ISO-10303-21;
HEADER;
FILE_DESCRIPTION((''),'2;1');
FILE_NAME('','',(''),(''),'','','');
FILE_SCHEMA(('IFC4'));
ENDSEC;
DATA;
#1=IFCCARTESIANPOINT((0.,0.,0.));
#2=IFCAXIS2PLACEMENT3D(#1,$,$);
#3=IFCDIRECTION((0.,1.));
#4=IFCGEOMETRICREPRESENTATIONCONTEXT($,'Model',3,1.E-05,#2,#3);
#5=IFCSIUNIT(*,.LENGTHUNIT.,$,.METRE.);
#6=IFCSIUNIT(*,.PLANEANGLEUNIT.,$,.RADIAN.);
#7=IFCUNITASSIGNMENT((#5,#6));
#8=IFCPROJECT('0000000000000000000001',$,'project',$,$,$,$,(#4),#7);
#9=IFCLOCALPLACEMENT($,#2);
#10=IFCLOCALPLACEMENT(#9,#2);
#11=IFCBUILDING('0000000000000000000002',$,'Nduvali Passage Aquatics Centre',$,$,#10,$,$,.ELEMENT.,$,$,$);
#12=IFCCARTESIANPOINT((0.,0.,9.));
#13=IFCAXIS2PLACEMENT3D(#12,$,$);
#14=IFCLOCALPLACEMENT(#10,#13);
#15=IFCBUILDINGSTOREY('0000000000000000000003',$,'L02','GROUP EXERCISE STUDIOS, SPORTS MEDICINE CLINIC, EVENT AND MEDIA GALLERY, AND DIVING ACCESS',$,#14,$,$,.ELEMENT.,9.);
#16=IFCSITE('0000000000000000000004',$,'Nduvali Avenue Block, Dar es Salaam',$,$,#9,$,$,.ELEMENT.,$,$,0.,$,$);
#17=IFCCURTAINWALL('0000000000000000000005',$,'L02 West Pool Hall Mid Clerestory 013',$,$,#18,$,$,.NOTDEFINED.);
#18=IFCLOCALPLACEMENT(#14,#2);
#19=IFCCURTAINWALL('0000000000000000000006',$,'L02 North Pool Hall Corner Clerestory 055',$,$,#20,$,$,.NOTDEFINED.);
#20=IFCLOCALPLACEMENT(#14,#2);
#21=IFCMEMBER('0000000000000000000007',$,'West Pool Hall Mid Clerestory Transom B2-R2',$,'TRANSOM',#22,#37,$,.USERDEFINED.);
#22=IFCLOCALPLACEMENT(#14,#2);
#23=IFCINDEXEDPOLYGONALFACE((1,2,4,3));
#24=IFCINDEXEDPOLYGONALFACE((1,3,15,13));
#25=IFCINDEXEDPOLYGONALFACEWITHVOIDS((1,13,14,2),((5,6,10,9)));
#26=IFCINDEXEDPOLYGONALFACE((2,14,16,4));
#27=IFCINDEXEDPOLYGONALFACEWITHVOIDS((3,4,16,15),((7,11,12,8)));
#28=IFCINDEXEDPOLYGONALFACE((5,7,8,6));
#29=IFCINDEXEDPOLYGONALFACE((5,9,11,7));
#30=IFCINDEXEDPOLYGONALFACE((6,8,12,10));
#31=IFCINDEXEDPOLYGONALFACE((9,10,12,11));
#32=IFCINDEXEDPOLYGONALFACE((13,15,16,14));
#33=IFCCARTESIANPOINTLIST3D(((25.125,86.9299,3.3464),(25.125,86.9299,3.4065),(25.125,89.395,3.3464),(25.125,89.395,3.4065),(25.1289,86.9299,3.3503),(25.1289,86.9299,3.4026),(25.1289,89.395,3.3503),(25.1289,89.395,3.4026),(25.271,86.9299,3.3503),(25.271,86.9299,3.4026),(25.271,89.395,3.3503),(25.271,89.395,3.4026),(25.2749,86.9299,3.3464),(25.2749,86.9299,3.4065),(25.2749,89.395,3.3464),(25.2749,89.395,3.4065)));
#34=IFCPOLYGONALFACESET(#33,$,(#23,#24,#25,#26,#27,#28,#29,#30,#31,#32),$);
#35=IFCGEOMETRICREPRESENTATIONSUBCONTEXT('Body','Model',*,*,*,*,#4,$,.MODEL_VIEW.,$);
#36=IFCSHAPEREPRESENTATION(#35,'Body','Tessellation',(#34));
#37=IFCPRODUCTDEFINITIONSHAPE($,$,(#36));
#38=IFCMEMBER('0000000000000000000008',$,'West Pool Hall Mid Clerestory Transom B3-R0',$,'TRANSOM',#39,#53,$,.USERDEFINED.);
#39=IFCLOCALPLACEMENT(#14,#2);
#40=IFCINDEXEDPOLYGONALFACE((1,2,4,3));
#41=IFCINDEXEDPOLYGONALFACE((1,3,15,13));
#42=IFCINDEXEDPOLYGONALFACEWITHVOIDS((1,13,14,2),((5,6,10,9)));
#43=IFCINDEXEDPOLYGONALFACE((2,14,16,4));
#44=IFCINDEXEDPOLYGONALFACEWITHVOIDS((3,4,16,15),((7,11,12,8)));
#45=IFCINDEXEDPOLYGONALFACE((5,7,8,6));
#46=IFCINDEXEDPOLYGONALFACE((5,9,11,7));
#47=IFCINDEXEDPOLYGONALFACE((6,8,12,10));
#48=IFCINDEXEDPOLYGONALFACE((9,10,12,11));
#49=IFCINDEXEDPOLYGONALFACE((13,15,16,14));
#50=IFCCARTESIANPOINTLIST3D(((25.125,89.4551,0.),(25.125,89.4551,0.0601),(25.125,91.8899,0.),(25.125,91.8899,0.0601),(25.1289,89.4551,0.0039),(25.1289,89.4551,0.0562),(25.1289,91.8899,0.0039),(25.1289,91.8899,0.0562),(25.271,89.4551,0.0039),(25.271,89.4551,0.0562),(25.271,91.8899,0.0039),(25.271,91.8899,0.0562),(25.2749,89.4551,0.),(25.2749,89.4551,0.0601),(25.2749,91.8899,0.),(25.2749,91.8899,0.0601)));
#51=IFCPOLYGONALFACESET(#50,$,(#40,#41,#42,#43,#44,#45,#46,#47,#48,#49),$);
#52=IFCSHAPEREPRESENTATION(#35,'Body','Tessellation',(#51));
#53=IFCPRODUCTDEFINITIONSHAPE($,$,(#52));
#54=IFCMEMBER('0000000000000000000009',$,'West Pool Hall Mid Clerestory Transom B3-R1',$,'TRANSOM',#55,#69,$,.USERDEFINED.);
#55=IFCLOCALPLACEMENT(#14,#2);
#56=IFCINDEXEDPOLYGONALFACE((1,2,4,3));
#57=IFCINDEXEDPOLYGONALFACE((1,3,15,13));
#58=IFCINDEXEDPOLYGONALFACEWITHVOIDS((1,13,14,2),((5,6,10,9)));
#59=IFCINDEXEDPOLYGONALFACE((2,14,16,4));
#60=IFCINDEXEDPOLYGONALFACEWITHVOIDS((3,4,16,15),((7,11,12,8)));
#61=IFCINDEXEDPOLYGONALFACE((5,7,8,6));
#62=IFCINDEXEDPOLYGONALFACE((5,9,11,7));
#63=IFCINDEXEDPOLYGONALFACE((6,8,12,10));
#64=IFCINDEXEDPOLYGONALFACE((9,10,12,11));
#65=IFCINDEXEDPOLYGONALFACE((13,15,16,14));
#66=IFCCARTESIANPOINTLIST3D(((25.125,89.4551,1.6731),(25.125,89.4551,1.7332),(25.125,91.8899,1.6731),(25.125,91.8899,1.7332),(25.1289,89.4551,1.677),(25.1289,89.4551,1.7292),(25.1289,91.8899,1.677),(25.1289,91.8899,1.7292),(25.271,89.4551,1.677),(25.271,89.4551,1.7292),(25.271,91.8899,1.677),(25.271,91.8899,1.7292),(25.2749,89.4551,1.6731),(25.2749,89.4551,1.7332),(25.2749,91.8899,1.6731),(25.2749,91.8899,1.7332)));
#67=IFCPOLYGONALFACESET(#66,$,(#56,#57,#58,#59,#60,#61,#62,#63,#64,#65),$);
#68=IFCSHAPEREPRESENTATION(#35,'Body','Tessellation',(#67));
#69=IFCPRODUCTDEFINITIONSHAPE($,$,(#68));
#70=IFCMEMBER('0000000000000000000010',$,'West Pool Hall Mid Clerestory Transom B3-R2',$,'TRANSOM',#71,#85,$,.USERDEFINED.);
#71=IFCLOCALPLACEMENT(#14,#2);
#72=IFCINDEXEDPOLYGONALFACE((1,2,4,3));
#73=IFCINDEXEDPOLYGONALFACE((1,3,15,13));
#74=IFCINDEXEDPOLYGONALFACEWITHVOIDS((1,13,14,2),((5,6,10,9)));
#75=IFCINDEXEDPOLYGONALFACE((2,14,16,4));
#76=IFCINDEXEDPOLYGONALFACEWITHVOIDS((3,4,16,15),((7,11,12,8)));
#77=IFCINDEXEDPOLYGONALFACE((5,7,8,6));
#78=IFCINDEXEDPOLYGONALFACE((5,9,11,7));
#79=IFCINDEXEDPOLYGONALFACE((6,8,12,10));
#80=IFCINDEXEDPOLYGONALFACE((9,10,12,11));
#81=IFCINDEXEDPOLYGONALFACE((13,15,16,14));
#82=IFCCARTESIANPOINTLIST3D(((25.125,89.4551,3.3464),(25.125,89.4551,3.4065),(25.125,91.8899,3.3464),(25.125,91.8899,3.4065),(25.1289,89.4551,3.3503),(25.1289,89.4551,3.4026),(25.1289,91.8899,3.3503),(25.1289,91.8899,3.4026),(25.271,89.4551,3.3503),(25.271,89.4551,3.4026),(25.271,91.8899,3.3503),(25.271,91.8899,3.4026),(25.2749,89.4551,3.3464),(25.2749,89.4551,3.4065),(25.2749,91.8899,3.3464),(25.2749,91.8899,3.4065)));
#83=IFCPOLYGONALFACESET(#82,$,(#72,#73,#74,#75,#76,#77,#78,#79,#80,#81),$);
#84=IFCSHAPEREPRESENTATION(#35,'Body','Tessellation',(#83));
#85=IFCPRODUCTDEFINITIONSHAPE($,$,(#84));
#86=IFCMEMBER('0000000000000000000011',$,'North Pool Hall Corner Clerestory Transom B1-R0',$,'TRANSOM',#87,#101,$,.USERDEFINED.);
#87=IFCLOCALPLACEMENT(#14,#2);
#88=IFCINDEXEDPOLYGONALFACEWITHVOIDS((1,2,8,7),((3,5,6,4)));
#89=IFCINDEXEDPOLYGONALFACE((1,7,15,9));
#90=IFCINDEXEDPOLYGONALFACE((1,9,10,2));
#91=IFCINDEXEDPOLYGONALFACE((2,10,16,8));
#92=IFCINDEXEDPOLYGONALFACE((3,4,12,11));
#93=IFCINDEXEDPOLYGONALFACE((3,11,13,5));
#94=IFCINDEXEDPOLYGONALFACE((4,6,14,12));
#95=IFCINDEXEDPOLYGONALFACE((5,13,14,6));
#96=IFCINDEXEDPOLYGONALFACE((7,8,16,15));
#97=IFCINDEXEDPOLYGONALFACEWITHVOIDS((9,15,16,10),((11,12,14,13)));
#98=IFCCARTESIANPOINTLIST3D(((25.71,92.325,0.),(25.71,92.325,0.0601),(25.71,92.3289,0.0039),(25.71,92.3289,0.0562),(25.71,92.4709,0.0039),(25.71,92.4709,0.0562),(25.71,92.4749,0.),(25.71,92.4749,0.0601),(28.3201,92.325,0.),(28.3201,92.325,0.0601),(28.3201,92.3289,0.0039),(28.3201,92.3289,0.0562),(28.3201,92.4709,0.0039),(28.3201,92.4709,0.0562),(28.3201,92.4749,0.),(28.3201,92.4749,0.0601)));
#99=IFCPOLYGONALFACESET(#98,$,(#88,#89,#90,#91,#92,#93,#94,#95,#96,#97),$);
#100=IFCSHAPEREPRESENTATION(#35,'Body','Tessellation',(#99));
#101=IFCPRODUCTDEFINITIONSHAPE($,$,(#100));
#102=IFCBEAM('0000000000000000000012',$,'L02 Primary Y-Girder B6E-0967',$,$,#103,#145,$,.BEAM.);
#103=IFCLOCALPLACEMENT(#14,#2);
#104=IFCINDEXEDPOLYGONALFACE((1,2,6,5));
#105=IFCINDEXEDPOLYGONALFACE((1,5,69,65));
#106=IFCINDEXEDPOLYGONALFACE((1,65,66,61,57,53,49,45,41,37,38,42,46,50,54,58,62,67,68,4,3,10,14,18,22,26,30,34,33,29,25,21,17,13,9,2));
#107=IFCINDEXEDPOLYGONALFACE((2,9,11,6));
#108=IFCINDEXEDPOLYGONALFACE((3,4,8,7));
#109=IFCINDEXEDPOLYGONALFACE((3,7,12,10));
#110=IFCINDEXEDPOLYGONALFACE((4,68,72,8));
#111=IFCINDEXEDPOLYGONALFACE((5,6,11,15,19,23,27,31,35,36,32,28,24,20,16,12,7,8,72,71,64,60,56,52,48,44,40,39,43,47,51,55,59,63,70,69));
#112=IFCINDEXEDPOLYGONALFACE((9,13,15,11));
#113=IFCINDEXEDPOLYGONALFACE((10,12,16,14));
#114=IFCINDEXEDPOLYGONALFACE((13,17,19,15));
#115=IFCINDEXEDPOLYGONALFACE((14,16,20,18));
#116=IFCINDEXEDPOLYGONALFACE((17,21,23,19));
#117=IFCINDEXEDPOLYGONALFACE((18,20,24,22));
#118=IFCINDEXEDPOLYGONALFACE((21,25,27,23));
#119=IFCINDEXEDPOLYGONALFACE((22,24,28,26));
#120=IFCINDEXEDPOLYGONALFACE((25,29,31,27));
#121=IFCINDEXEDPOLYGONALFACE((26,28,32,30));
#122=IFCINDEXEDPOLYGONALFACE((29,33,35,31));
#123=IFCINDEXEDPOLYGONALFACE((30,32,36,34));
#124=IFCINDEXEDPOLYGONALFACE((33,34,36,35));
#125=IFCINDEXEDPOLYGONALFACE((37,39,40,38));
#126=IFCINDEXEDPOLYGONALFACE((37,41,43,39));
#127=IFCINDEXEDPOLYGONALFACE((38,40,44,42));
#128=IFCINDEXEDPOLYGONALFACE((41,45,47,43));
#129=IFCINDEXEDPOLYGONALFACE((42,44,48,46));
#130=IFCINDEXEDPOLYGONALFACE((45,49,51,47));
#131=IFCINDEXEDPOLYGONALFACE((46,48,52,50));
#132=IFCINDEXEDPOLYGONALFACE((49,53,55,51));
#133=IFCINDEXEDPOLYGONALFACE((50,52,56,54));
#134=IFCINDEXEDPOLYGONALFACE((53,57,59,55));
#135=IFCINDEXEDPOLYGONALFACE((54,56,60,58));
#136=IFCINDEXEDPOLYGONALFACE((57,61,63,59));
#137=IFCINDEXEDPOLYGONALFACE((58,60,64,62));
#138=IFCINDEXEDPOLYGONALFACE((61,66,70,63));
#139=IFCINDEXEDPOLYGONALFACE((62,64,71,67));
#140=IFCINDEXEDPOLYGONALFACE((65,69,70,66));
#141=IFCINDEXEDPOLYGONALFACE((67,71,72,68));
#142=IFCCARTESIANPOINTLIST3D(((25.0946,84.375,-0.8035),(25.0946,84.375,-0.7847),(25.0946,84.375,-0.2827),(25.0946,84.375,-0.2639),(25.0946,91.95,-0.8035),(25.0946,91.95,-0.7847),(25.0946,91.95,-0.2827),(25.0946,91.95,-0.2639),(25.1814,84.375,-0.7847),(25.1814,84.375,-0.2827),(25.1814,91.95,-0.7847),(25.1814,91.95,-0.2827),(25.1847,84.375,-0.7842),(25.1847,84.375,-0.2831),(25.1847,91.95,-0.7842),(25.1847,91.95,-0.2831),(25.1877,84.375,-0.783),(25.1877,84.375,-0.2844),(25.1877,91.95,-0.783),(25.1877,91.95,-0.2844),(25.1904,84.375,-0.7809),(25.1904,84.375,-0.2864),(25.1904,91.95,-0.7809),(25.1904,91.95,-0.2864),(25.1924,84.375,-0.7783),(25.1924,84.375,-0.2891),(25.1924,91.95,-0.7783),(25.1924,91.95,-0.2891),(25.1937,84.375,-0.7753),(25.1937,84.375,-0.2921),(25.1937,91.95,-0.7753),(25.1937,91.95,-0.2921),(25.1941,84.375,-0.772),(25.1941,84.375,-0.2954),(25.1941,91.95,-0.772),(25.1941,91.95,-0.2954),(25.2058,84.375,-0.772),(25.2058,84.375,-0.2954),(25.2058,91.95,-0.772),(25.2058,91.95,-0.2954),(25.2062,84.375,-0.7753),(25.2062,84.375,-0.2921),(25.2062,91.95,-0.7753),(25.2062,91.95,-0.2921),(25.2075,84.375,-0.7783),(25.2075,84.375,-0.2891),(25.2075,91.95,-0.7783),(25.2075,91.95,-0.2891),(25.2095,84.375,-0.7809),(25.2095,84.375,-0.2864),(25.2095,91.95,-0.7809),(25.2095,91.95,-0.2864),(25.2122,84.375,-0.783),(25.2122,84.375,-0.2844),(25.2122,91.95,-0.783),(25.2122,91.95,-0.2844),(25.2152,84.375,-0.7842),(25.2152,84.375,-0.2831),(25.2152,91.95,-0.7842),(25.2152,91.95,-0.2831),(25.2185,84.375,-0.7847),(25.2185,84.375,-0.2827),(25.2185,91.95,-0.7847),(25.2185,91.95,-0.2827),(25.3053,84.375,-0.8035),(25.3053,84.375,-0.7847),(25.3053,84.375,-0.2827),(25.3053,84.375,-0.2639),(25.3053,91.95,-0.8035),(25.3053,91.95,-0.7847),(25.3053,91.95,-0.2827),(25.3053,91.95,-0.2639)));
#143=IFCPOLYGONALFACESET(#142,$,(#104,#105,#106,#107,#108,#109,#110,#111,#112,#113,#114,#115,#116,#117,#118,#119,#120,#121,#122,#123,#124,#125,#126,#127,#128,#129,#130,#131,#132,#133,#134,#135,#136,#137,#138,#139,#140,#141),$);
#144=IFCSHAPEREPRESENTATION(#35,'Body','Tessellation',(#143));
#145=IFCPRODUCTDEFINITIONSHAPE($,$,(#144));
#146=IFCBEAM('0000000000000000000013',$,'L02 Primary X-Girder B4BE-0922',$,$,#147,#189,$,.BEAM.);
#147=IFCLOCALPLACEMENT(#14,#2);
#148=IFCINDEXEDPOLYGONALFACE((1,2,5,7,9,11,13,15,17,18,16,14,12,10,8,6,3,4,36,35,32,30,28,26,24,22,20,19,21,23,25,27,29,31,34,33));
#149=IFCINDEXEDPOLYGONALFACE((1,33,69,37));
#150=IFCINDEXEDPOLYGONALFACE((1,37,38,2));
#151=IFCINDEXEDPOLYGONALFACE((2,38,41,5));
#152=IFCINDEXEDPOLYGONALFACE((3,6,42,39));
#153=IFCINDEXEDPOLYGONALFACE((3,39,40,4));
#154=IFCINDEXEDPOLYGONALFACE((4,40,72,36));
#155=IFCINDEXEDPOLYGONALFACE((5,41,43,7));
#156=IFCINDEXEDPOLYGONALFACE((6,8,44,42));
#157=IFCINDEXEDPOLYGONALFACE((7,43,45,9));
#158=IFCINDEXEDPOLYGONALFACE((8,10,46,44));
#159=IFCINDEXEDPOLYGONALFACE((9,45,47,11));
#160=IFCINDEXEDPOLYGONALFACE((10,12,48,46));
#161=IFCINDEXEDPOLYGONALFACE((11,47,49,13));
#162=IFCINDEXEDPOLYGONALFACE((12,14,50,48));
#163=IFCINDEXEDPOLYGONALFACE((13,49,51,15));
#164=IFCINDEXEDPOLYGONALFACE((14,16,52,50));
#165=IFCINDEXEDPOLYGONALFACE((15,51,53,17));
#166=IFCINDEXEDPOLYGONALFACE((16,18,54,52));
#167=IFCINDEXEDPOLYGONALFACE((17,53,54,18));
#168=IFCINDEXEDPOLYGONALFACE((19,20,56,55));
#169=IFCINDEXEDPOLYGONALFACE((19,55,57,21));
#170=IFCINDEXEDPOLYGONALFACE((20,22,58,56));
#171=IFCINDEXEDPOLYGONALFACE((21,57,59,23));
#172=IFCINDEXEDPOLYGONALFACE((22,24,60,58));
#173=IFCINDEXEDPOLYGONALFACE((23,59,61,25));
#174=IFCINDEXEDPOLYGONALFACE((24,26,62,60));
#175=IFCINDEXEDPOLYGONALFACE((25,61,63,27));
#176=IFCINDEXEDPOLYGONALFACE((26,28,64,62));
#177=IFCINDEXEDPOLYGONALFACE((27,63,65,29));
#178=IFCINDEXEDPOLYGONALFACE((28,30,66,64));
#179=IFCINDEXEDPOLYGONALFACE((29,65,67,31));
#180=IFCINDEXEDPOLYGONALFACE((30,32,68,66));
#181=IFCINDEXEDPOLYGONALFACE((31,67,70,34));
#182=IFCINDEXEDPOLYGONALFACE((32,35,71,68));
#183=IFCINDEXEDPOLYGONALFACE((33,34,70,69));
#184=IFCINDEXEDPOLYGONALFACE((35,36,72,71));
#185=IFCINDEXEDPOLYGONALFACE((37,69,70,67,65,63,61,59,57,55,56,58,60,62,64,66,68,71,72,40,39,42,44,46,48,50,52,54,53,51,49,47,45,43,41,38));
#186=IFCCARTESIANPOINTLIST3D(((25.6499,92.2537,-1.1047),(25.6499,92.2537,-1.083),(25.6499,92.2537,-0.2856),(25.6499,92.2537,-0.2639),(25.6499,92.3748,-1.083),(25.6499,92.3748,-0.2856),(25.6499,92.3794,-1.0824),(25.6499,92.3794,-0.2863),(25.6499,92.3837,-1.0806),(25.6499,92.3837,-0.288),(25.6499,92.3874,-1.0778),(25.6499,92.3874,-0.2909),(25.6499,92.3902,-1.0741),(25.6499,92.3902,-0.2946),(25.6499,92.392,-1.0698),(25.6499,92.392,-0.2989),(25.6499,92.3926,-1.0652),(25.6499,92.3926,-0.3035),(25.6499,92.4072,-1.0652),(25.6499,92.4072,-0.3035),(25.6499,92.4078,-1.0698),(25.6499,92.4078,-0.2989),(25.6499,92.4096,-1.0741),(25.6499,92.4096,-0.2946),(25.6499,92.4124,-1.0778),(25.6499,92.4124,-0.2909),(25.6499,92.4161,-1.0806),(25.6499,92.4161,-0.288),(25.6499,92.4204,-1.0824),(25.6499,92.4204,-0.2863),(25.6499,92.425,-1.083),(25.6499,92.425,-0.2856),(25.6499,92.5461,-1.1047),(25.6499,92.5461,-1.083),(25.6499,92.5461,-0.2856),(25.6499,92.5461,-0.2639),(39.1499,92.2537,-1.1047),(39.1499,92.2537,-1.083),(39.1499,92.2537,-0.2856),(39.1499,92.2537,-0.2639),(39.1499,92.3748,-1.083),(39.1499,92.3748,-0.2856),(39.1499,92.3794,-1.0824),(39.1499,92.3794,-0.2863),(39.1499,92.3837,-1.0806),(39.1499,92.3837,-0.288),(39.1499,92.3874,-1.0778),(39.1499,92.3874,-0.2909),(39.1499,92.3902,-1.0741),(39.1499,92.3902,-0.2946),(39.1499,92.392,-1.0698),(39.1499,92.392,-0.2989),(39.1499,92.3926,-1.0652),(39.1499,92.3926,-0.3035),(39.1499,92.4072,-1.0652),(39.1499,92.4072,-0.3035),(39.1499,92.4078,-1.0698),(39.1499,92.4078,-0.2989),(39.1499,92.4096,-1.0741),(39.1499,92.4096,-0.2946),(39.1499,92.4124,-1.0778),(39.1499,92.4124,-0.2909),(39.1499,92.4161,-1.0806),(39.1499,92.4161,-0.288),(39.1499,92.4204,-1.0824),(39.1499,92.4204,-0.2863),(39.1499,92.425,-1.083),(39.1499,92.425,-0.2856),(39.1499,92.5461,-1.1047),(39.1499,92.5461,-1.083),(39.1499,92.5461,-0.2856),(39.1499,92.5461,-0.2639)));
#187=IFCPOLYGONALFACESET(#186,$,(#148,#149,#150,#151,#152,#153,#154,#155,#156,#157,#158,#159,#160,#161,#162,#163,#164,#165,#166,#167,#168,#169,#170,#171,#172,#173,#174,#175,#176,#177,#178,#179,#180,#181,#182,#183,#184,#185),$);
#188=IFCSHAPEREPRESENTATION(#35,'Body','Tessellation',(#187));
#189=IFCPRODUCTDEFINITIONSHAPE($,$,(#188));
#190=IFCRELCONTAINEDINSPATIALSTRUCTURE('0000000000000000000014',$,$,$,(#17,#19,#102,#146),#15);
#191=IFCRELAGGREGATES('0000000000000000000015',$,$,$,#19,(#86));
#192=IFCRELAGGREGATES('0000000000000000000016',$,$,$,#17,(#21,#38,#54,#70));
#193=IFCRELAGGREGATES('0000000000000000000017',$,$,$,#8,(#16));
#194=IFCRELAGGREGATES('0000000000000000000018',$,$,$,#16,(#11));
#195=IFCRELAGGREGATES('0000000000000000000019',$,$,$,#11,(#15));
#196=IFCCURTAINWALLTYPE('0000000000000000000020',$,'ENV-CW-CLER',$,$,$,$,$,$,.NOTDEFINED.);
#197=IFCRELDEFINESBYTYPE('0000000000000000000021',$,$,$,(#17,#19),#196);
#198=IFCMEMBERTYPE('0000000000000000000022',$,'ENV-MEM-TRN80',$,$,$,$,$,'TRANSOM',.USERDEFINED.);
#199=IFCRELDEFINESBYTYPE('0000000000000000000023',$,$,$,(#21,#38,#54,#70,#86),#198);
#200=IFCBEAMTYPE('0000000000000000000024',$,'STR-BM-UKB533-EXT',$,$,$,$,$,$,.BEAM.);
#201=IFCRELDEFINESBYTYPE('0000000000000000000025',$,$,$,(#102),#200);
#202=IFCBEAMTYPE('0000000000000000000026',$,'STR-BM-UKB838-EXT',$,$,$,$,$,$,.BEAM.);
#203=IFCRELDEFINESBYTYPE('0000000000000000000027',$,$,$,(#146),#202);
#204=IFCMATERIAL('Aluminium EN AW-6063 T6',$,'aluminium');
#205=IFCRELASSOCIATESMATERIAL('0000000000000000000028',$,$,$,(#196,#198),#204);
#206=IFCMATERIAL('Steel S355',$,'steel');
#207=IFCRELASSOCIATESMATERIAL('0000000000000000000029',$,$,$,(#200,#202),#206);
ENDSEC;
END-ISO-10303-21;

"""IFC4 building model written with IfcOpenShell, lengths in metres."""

from ifc_helpers import new_model, si_unit, direction, frame, origin, origin_2d, place, context, subcontext, project, spatial, hollow_rectangle, i_section, extrude, material, material_profile, profile_set, type_object, element, aggregate, save


model = new_model("IFC4")

# Units and contexts
model_context = context("Model", 3, precision=1e-05, world=origin(), true_north=direction((0.0, 1.0)))
body_context = subcontext(model_context, "Body", "Model", "MODEL_VIEW")
ifc_project = project(units=[si_unit("LENGTHUNIT", "METRE"), si_unit("PLANEANGLEUNIT", "RADIAN")], contexts=[model_context])

# Site, building, storey
site_placement = place(None, origin())
site = spatial("IfcSite", under=ifc_project, at=site_placement, Name="Nduvali Avenue Block, Dar es Salaam", CompositionType="ELEMENT", RefElevation=0.0)
building_placement = place(site_placement, origin())
building = spatial("IfcBuilding", under=site, at=building_placement, Name="Nduvali Passage Aquatics Centre", CompositionType="ELEMENT")
storey_placement = place(building_placement, frame((0.0, 0.0, 9.0)))
storey = spatial("IfcBuildingStorey", under=building, at=storey_placement, Name="L02", Description="GROUP EXERCISE STUDIOS, SPORTS MEDICINE CLINIC, EVENT AND MEDIA GALLERY, AND DIVING ACCESS", CompositionType="ELEMENT", Elevation=9.0)

# Curtain wall
ifc_material_1 = material(Name="Aluminium EN AW-6063 T6", Category="aluminium")
curtain_wall_type = type_object("IfcCurtainWallType", Name="ENV-CW-CLER", PredefinedType="NOTDEFINED", material=ifc_material_1)
curtain_wall_1_placement = place(storey_placement, origin())
curtain_wall_1 = element("IfcCurtainWall", 1, at=curtain_wall_1_placement, inside=storey, type_object=curtain_wall_type, Name="L02 West Pool Hall Mid Clerestory 013", PredefinedType="NOTDEFINED")

# Curtain wall
curtain_wall_2_placement = place(storey_placement, origin())
curtain_wall_2 = element("IfcCurtainWall", 2, at=curtain_wall_2_placement, inside=storey, type_object=curtain_wall_type, Name="L02 North Pool Hall Corner Clerestory 055", PredefinedType="NOTDEFINED")

# Members
ifc_material_profile_1 = material_profile(ifc_material_1, hollow_rectangle(XDim=0.1499, YDim=0.0601, WallThickness=0.0039, at=origin_2d()), Name="ALU TRANSOM 150x60x4")
ifc_profile_set_1 = profile_set([ifc_material_profile_1], Name="Aluminium EN AW-6063 T6")
member_type_1 = type_object("IfcMemberType", Name="ENV-MEM-TRN80", ElementType="TRANSOM", PredefinedType="USERDEFINED", material=ifc_profile_set_1)
member_1_placement = place(storey_placement, frame((25.2, 86.9299, 3.3765), z_axis=(0.0, 1.0, 0.0), x_axis=(-1.0, 0.0, 0.0)))
member_1 = element("IfcMember", 3, at=member_1_placement, type_object=member_type_1, Name="West Pool Hall Mid Clerestory Transom B2-R2", ObjectType="TRANSOM", PredefinedType="USERDEFINED", context=body_context, shape_type="SweptSolid", body=[
    extrude(hollow_rectangle(XDim=0.1499, YDim=0.0601, WallThickness=0.0039, at=origin_2d()), origin(), (0.0, 0.0, 1.0), 2.4651),
])
member_2_placement = place(storey_placement, frame((25.2, 89.4551, 0.03), z_axis=(0.0, 1.0, 0.0), x_axis=(-1.0, 0.0, 0.0)))
member_2 = element("IfcMember", 4, at=member_2_placement, type_object=member_type_1, Name="West Pool Hall Mid Clerestory Transom B3-R0", ObjectType="TRANSOM", PredefinedType="USERDEFINED", context=body_context, shape_type="SweptSolid", body=[
    extrude(hollow_rectangle(XDim=0.1499, YDim=0.0601, WallThickness=0.0039, at=origin_2d()), origin(), (0.0, 0.0, 1.0), 2.4348),
])
member_3_placement = place(storey_placement, frame((25.2, 89.4551, 1.7031), z_axis=(0.0, 1.0, 0.0), x_axis=(-1.0, 0.0, 0.0)))
member_3 = element("IfcMember", 5, at=member_3_placement, type_object=member_type_1, Name="West Pool Hall Mid Clerestory Transom B3-R1", ObjectType="TRANSOM", PredefinedType="USERDEFINED", context=body_context, shape_type="SweptSolid", body=[
    extrude(hollow_rectangle(XDim=0.1499, YDim=0.0601, WallThickness=0.0039, at=origin_2d()), origin(), (0.0, 0.0, 1.0), 2.4348),
])
member_4_placement = place(storey_placement, frame((25.2, 89.4551, 3.3765), z_axis=(0.0, 1.0, 0.0), x_axis=(-1.0, 0.0, 0.0)))
member_4 = element("IfcMember", 6, at=member_4_placement, type_object=member_type_1, Name="West Pool Hall Mid Clerestory Transom B3-R2", ObjectType="TRANSOM", PredefinedType="USERDEFINED", context=body_context, shape_type="SweptSolid", body=[
    extrude(hollow_rectangle(XDim=0.1499, YDim=0.0601, WallThickness=0.0039, at=origin_2d()), origin(), (0.0, 0.0, 1.0), 2.4348),
])
member_5_placement = place(storey_placement, frame((25.71, 92.3999, 0.03), z_axis=(1.0, 0.0, 0.0), x_axis=(0.0, 1.0, 0.0)))
member_5 = element("IfcMember", 7, at=member_5_placement, type_object=member_type_1, Name="North Pool Hall Corner Clerestory Transom B1-R0", ObjectType="TRANSOM", PredefinedType="USERDEFINED", context=body_context, shape_type="SweptSolid", body=[
    extrude(hollow_rectangle(XDim=0.1499, YDim=0.0601, WallThickness=0.0039, at=origin_2d()), origin(), (0.0, 0.0, 1.0), 2.6101),
])
aggregate(curtain_wall_2, [member_5])

# Beams
ifc_material_2 = material(Name="Steel S355", Category="steel")
ifc_material_profile_2 = material_profile(ifc_material_2, i_section(OverallWidth=0.2107, OverallDepth=0.5396, WebThickness=0.0117, FlangeThickness=0.0188, FilletRadius=0.0127, at=origin_2d()), Name="UKB 533x210x109")
ifc_profile_set_2 = profile_set([ifc_material_profile_2], Name="Steel S355")
beam_type_1 = type_object("IfcBeamType", Name="STR-BM-UKB533-EXT", PredefinedType="BEAM", material=ifc_profile_set_2)
beam_1_placement = place(storey_placement, frame((25.2, 84.375, -0.5337), z_axis=(0.0, 1.0, 0.0), x_axis=(-1.0, 0.0, 0.0)))
element("IfcBeam", 8, at=beam_1_placement, inside=storey, type_object=beam_type_1, Name="L02 Primary Y-Girder B6E-0967", PredefinedType="BEAM", context=body_context, shape_type="SweptSolid", body=[
    extrude(i_section(OverallWidth=0.2107, OverallDepth=0.5396, WebThickness=0.0117, FlangeThickness=0.0188, FilletRadius=0.0127, at=origin_2d()), origin(), (0.0, 0.0, 1.0), 7.575),
])
ifc_material_profile_3 = material_profile(ifc_material_2, i_section(OverallWidth=0.2925, OverallDepth=0.8408, WebThickness=0.0146, FlangeThickness=0.0217, FilletRadius=0.0178, at=origin_2d()), Name="UKB 838x292x194")
ifc_profile_set_3 = profile_set([ifc_material_profile_3], Name="Steel S355")
beam_type_2 = type_object("IfcBeamType", Name="STR-BM-UKB838-EXT", PredefinedType="BEAM", material=ifc_profile_set_3)
beam_2_placement = place(storey_placement, frame((25.6499, 92.3999, -0.6843), z_axis=(1.0, 0.0, 0.0), x_axis=(0.0, 1.0, 0.0)))
element("IfcBeam", 9, at=beam_2_placement, inside=storey, type_object=beam_type_2, Name="L02 Primary X-Girder B4BE-0922", PredefinedType="BEAM", context=body_context, shape_type="SweptSolid", body=[
    extrude(i_section(OverallWidth=0.2925, OverallDepth=0.8408, WebThickness=0.0146, FlangeThickness=0.0217, FilletRadius=0.0178, at=origin_2d()), origin(), (0.0, 0.0, 1.0), 13.5),
])

aggregate(curtain_wall_1, [member_1, member_2, member_3, member_4])

save(model, "model.ifc")
